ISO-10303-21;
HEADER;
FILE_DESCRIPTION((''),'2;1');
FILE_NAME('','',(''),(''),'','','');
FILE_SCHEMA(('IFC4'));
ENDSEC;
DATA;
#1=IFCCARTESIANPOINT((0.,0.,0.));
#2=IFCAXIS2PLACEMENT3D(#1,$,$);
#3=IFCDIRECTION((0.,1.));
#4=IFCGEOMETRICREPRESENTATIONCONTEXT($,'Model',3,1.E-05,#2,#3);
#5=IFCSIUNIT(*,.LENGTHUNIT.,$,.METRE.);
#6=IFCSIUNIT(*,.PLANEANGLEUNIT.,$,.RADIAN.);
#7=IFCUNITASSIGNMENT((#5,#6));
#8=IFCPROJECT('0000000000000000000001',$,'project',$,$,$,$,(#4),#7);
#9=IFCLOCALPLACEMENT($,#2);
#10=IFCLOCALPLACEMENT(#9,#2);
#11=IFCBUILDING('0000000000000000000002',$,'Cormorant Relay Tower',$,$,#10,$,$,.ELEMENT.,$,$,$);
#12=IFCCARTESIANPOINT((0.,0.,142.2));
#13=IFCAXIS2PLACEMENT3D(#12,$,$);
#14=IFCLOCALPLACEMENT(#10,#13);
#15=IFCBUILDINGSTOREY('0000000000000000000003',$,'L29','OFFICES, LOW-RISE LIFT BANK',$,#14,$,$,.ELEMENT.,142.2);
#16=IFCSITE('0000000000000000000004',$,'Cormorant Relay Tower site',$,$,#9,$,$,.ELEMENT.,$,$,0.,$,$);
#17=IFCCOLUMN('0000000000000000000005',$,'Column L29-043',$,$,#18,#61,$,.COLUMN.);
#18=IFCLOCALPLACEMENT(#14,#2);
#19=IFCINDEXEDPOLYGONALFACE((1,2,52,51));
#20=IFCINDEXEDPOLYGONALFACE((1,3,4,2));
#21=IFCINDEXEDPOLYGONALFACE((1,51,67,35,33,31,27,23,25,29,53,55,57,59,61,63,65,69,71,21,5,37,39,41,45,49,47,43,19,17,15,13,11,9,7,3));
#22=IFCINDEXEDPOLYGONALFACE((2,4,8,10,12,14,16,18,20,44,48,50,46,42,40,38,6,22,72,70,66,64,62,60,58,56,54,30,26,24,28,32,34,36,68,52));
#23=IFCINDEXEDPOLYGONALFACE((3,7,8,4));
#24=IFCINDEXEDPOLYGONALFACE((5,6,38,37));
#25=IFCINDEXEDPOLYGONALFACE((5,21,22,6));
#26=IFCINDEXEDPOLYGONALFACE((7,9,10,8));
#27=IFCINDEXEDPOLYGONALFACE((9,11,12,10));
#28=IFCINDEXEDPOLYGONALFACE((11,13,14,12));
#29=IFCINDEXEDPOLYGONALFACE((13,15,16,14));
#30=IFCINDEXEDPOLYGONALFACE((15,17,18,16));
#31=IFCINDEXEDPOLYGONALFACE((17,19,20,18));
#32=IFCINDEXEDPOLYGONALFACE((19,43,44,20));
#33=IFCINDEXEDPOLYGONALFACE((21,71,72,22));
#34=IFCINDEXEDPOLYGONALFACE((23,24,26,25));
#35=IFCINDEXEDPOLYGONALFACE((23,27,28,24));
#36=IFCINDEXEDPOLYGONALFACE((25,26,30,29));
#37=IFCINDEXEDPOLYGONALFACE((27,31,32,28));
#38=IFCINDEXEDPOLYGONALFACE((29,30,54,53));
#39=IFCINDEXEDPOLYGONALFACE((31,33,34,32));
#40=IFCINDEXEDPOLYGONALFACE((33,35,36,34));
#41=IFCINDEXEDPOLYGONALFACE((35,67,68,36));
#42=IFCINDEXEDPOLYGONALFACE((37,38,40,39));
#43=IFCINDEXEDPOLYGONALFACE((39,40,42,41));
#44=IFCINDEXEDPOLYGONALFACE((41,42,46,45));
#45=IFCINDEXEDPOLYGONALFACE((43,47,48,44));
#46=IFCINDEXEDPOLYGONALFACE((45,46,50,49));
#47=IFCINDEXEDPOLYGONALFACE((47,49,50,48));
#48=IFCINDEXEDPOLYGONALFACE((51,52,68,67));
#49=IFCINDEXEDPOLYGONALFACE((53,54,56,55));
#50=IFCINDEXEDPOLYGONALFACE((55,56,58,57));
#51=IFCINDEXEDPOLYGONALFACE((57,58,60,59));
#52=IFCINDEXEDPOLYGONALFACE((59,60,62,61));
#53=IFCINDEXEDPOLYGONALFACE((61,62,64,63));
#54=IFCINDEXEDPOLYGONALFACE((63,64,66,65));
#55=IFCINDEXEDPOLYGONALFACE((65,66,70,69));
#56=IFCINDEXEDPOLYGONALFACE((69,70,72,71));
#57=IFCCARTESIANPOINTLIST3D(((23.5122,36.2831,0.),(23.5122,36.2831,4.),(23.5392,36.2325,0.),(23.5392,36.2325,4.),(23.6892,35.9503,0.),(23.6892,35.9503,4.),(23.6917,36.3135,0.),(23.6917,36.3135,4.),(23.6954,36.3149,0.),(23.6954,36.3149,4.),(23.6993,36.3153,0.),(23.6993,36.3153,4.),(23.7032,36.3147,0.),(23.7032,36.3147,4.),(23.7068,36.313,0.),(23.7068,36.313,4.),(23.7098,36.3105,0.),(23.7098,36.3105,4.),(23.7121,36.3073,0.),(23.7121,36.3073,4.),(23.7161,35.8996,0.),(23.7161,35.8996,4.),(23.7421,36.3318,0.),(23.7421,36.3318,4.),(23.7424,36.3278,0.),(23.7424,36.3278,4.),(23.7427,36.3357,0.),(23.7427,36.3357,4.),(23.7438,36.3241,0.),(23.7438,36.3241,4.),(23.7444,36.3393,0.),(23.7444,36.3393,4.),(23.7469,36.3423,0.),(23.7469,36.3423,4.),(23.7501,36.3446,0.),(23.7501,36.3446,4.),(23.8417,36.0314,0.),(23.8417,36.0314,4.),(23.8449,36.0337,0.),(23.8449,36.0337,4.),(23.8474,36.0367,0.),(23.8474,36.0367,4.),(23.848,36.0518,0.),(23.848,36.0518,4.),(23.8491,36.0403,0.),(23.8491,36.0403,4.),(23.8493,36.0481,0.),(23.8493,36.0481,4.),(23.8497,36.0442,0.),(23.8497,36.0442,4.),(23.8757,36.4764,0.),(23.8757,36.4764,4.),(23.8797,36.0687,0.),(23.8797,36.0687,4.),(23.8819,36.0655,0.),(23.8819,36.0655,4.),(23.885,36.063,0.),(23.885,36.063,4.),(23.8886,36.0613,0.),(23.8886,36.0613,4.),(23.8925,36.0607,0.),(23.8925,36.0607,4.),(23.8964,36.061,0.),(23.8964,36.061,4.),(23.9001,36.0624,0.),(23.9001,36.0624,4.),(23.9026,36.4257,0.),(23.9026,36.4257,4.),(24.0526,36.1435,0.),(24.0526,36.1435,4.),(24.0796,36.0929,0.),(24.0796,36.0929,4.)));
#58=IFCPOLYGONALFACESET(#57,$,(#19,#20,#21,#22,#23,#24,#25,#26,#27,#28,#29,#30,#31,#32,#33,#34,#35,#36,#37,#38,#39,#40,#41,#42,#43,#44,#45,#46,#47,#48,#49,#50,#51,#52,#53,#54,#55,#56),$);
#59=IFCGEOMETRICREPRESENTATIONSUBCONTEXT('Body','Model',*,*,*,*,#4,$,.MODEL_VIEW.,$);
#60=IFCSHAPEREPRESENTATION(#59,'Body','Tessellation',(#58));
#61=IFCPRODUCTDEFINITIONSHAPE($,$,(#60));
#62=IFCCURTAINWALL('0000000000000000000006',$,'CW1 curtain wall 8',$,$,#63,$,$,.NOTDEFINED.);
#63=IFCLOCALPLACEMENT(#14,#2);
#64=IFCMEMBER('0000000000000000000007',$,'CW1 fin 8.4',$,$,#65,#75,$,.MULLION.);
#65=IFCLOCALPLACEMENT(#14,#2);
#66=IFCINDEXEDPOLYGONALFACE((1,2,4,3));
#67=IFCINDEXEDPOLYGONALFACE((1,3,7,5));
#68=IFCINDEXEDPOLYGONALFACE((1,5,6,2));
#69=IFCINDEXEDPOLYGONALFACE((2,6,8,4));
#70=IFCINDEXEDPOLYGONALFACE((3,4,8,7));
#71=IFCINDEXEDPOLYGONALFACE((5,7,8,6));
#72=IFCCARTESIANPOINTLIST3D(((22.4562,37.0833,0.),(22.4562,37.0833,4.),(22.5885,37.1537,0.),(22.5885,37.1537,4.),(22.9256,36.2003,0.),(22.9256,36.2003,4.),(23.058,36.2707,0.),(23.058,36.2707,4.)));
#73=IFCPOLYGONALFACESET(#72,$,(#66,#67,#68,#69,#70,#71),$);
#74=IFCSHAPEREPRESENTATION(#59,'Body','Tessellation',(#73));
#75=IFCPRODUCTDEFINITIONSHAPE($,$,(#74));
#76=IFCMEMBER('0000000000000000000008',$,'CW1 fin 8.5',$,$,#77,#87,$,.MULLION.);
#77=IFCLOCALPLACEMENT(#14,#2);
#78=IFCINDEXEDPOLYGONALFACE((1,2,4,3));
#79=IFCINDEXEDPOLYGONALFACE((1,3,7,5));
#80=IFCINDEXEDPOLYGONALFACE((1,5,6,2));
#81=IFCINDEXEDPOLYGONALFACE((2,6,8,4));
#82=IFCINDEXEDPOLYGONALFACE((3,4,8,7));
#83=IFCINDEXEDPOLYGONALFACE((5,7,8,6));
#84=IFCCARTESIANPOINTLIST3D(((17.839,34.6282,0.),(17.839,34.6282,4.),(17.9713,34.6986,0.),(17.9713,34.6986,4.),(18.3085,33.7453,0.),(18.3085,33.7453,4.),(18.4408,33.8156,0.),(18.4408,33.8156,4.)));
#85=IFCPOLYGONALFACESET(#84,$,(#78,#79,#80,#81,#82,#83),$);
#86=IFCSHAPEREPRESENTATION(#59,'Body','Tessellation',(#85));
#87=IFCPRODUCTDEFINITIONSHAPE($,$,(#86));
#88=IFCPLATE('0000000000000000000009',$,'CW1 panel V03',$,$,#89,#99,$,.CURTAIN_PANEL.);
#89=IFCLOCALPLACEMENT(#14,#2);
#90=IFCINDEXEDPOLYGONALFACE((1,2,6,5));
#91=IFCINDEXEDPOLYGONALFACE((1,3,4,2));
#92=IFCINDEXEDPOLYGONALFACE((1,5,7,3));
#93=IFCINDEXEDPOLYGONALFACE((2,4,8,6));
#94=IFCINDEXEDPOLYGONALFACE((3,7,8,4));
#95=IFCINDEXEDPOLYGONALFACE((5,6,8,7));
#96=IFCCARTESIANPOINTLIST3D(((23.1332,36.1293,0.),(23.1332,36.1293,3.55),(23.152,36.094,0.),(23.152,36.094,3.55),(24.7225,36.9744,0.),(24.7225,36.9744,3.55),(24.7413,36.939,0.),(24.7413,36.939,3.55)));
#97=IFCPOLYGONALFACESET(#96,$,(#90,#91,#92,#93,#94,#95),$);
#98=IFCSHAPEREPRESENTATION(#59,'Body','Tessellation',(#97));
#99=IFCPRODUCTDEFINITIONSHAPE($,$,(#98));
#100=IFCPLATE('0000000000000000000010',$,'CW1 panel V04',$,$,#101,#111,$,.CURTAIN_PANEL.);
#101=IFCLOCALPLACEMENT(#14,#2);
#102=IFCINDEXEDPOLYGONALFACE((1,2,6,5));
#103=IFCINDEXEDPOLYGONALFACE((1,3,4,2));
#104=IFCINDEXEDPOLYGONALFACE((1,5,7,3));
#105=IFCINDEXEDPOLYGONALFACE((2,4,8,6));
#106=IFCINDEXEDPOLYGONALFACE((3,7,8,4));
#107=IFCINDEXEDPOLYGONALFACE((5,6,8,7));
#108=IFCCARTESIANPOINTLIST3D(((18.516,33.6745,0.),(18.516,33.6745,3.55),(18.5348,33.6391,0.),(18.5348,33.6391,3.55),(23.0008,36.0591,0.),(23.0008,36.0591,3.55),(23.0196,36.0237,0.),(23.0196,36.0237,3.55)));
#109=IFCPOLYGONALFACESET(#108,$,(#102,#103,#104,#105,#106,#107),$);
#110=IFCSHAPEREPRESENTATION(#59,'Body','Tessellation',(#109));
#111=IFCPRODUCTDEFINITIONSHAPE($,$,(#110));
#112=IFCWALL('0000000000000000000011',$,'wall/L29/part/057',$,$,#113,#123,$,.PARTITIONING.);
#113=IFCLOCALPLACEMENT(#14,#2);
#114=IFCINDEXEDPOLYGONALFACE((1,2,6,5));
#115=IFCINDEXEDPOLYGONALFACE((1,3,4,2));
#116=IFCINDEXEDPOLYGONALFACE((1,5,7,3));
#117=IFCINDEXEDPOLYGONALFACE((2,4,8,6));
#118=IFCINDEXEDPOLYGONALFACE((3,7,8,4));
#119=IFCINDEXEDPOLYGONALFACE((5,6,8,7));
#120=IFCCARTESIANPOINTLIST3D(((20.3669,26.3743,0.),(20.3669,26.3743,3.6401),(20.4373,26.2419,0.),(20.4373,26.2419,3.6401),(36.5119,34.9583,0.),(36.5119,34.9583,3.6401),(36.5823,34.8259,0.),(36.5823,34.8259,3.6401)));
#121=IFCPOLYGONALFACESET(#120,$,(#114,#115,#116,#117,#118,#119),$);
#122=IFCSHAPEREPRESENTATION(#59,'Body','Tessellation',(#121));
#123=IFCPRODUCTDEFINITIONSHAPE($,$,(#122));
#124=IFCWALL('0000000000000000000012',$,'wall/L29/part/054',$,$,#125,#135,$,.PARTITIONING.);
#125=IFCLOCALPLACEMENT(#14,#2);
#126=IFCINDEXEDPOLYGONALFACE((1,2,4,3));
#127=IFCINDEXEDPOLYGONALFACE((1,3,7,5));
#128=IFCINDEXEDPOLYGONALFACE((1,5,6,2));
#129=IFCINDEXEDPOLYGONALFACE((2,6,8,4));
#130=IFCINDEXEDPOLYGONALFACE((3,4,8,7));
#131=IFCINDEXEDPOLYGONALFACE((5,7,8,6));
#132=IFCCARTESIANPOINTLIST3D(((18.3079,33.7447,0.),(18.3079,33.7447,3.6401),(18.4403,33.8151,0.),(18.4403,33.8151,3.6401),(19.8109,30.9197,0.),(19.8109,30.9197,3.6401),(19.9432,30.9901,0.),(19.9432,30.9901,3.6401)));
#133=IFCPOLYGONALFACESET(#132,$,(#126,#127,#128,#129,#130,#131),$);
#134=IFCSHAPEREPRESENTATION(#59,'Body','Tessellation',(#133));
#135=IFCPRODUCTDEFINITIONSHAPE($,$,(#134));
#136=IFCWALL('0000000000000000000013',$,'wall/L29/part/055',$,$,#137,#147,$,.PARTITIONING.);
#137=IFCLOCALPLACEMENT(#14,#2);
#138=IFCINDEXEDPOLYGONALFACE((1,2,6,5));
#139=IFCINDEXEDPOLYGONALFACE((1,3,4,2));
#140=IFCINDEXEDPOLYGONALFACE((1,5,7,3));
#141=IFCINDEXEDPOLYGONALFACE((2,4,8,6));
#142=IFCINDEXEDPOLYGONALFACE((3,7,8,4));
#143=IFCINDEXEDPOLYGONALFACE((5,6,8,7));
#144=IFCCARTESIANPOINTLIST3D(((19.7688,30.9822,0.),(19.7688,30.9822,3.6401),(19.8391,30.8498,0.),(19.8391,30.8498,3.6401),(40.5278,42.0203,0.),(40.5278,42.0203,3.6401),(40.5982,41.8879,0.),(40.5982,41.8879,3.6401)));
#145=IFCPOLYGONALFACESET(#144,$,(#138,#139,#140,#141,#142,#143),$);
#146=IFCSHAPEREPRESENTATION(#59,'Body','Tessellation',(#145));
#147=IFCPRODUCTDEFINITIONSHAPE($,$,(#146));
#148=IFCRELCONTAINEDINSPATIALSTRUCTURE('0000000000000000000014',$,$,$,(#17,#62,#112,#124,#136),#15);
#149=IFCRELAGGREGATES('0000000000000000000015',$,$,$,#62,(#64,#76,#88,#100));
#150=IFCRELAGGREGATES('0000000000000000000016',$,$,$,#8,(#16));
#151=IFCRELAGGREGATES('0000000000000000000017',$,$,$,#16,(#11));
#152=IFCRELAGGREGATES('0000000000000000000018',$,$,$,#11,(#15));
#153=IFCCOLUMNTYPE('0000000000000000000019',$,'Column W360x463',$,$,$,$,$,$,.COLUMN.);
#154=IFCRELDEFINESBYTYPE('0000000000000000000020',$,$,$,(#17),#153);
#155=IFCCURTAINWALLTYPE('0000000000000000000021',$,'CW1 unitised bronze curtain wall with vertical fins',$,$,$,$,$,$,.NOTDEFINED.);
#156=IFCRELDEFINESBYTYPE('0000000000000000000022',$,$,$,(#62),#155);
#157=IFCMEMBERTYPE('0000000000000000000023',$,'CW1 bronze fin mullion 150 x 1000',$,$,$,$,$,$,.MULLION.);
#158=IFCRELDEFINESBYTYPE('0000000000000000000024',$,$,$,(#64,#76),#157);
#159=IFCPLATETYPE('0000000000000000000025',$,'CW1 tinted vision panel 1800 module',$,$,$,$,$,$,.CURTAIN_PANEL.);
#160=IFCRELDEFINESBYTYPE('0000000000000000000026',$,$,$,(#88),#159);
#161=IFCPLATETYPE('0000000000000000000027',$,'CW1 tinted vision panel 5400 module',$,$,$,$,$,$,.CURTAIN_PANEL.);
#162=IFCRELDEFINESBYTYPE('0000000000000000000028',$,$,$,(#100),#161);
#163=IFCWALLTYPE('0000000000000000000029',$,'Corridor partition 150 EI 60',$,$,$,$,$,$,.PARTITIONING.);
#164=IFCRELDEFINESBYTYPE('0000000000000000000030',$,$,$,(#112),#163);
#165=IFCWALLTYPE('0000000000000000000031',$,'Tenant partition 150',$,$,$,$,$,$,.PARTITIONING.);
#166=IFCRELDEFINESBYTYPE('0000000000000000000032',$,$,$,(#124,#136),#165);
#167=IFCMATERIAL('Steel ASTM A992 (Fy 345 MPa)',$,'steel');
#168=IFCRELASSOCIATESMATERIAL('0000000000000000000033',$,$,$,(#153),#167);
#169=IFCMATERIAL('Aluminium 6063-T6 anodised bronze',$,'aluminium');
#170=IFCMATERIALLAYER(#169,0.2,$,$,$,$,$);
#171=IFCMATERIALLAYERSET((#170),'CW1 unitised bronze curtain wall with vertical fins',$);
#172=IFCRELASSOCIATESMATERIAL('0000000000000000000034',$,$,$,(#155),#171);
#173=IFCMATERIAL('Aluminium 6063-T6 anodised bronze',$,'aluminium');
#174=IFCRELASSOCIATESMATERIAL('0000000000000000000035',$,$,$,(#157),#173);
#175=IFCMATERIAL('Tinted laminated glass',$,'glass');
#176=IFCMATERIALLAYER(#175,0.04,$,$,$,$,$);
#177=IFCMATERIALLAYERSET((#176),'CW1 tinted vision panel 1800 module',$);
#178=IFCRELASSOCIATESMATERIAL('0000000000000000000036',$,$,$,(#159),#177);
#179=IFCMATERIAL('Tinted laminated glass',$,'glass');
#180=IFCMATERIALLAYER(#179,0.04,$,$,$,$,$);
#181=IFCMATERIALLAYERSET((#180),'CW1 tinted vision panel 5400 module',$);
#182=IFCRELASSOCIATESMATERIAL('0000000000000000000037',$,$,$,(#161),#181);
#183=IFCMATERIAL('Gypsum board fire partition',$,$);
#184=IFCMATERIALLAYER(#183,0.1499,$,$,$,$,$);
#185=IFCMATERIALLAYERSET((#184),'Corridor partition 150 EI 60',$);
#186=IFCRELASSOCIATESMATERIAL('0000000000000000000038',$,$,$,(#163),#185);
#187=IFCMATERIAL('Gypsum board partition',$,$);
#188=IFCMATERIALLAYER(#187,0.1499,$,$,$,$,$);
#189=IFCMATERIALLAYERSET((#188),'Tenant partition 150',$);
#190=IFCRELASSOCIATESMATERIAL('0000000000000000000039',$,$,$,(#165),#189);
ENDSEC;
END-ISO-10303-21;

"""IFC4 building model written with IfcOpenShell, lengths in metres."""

from ifc_helpers import new_model, si_unit, direction, frame, frame_2d, origin, origin_2d, place, context, subcontext, project, spatial, rectangle, i_section, extrude, material, layer, layer_set, material_profile, profile_set, type_object, element, aggregate, save


model = new_model("IFC4")

# Units and contexts
model_context = context("Model", 3, precision=1e-05, world=origin(), true_north=direction((0.0, 1.0)))
body_context = subcontext(model_context, "Body", "Model", "MODEL_VIEW")
ifc_project = project(units=[si_unit("LENGTHUNIT", "METRE"), si_unit("PLANEANGLEUNIT", "RADIAN")], contexts=[model_context])

# Site, building, storey
site_placement = place(None, origin())
site = spatial("IfcSite", under=ifc_project, at=site_placement, Name="Cormorant Relay Tower site", CompositionType="ELEMENT", RefElevation=0.0)
building_placement = place(site_placement, origin())
building = spatial("IfcBuilding", under=site, at=building_placement, Name="Cormorant Relay Tower", CompositionType="ELEMENT")
storey_placement = place(building_placement, frame((0.0, 0.0, 142.2)))
storey = spatial("IfcBuildingStorey", under=building, at=storey_placement, Name="L29", Description="OFFICES, LOW-RISE LIFT BANK", CompositionType="ELEMENT", Elevation=142.2)

# Column
ifc_material_1 = material(Name="Steel ASTM A992 (Fy 345 MPa)", Category="steel")
ifc_material_profile_1 = material_profile(ifc_material_1, i_section(OverallWidth=0.4116, OverallDepth=0.4343, WebThickness=0.0359, FlangeThickness=0.0574, FilletRadius=0.0151, at=origin_2d()), Name="W360x463")
ifc_profile_set_1 = profile_set([ifc_material_profile_1], Name="Steel ASTM A992 (Fy 345 MPa)")
column_type = type_object("IfcColumnType", Name="Column W360x463", PredefinedType="COLUMN", material=ifc_profile_set_1)
column_placement = place(storey_placement, frame((23.7959, 36.188, 0.0), z_axis=(0.0, 0.0, 1.0), x_axis=(-0.882948, -0.469472, 0.0)))
element("IfcColumn", 1, at=column_placement, inside=storey, type_object=column_type, Name="Column L29-043", PredefinedType="COLUMN", context=body_context, shape_type="SweptSolid", body=[
    extrude(i_section(OverallWidth=0.4116, OverallDepth=0.4343, WebThickness=0.0359, FlangeThickness=0.0574, FilletRadius=0.0151, at=origin_2d()), origin(), (0.0, 0.0, 1.0), 4.0),
])

# Curtain wall, members, plates
ifc_material_2 = material(Name="Aluminium 6063-T6 anodised bronze", Category="aluminium")
ifc_layer_1 = layer(ifc_material_2, 0.2)
ifc_layer_set_1 = layer_set([ifc_layer_1], Name="CW1 unitised bronze curtain wall with vertical fins")
curtain_wall_type = type_object("IfcCurtainWallType", Name="CW1 unitised bronze curtain wall with vertical fins", PredefinedType="NOTDEFINED", material=ifc_layer_set_1)
curtain_wall_placement = place(storey_placement, origin())
curtain_wall = element("IfcCurtainWall", 2, at=curtain_wall_placement, inside=storey, type_object=curtain_wall_type, Name="CW1 curtain wall 8", PredefinedType="NOTDEFINED")
ifc_material_3 = material(Name="Aluminium 6063-T6 anodised bronze", Category="aluminium")
ifc_material_profile_2 = material_profile(ifc_material_3, rectangle(XDim=0.1499, YDim=1.0, at=origin_2d()), Name="AL 150x1000")
ifc_profile_set_2 = profile_set([ifc_material_profile_2], Name="Aluminium 6063-T6 anodised bronze")
member_type = type_object("IfcMemberType", Name="CW1 bronze fin mullion 150 x 1000", PredefinedType="MULLION", material=ifc_profile_set_2)
member_1_placement = place(storey_placement, frame((22.7571, 36.677, 0.0), z_axis=(0.0, 0.0, 1.0), x_axis=(-0.882948, -0.469472, 0.0)))
member_1 = element("IfcMember", 3, at=member_1_placement, type_object=member_type, Name="CW1 fin 8.4", PredefinedType="MULLION", context=body_context, shape_type="SweptSolid", body=[
    extrude(rectangle(XDim=0.1499, YDim=1.0, at=origin_2d()), origin(), (0.0, 0.0, 1.0), 4.0),
])
member_2_placement = place(storey_placement, frame((18.1399, 34.2219, 0.0), z_axis=(0.0, 0.0, 1.0), x_axis=(-0.882948, -0.469472, 0.0)))
member_2 = element("IfcMember", 4, at=member_2_placement, type_object=member_type, Name="CW1 fin 8.5", PredefinedType="MULLION", context=body_context, shape_type="SweptSolid", body=[
    extrude(rectangle(XDim=0.1499, YDim=1.0, at=origin_2d()), origin(), (0.0, 0.0, 1.0), 4.0),
])
ifc_material_4 = material(Name="Tinted laminated glass", Category="glass")
ifc_layer_2 = layer(ifc_material_4, 0.04)
ifc_layer_set_2 = layer_set([ifc_layer_2], Name="CW1 tinted vision panel 1800 module")
plate_type_1 = type_object("IfcPlateType", Name="CW1 tinted vision panel 1800 module", PredefinedType="CURTAIN_PANEL", material=ifc_layer_set_2)
plate_1_placement = place(storey_placement, frame((23.9373, 36.5342, 0.0), z_axis=(0.0, 0.0, 1.0), x_axis=(-0.882948, -0.469472, 0.0)))
plate_1 = element("IfcPlate", 5, at=plate_1_placement, type_object=plate_type_1, Name="CW1 panel V03", PredefinedType="CURTAIN_PANEL", context=body_context, shape_type="SweptSolid", body=[
    extrude(rectangle(XDim=1.8, YDim=0.04, at=origin_2d()), origin(), (0.0, 0.0, 1.0), 3.55),
])
ifc_material_5 = material(Name="Tinted laminated glass", Category="glass")
ifc_layer_3 = layer(ifc_material_5, 0.04)
ifc_layer_set_3 = layer_set([ifc_layer_3], Name="CW1 tinted vision panel 5400 module")
plate_type_2 = type_object("IfcPlateType", Name="CW1 tinted vision panel 5400 module", PredefinedType="CURTAIN_PANEL", material=ifc_layer_set_3)
plate_2_placement = place(storey_placement, frame((20.7678, 34.8491, 0.0), z_axis=(0.0, 0.0, 1.0), x_axis=(-0.882948, -0.469472, 0.0)))
plate_2 = element("IfcPlate", 6, at=plate_2_placement, type_object=plate_type_2, Name="CW1 panel V04", PredefinedType="CURTAIN_PANEL", context=body_context, shape_type="SweptSolid", body=[
    extrude(rectangle(XDim=5.0793, YDim=0.04, at=origin_2d()), origin(), (0.0, 0.0, 1.0), 3.55),
])
aggregate(curtain_wall, [member_1, member_2, plate_1, plate_2])

# Walls
ifc_material_6 = material(Name="Gypsum board fire partition")
ifc_layer_4 = layer(ifc_material_6, 0.1499)
ifc_layer_set_4 = layer_set([ifc_layer_4], Name="Corridor partition 150 EI 60")
wall_type_1 = type_object("IfcWallType", Name="Corridor partition 150 EI 60", PredefinedType="PARTITIONING", material=ifc_layer_set_4)
wall_1_placement = place(storey_placement, frame((20.4021, 26.3081, 0.0), z_axis=(0.0, 0.0, 1.0), x_axis=(0.882958, 0.469451, 0.0)))
element("IfcWall", 7, at=wall_1_placement, inside=storey, type_object=wall_type_1, Name="wall/L29/part/057", PredefinedType="PARTITIONING", context=body_context, shape_type="SweptSolid", body=[
    extrude(rectangle(XDim=18.2852, YDim=0.1499, at=frame_2d((9.1426, 0.0))), origin(), (0.0, 0.0, 1.0), 3.6401),
])
ifc_material_7 = material(Name="Gypsum board partition")
ifc_layer_5 = layer(ifc_material_7, 0.1499)
ifc_layer_set_5 = layer_set([ifc_layer_5], Name="Tenant partition 150")
wall_type_2 = type_object("IfcWallType", Name="Tenant partition 150", PredefinedType="PARTITIONING", material=ifc_layer_set_5)
wall_2_placement = place(storey_placement, frame((18.374, 33.78, 0.0), z_axis=(0.0, 0.0, 1.0), x_axis=(0.469685, -0.882834, 0.0)))
element("IfcWall", 8, at=wall_2_placement, inside=storey, type_object=wall_type_2, Name="wall/L29/part/054", PredefinedType="PARTITIONING", context=body_context, shape_type="SweptSolid", body=[
    extrude(rectangle(XDim=3.2, YDim=0.1499, at=frame_2d((1.6001, 0.0))), origin(), (0.0, 0.0, 1.0), 3.6401),
])
wall_3_placement = place(storey_placement, frame((19.804, 30.916, 0.0), z_axis=(0.0, 0.0, 1.0), x_axis=(0.882942, 0.469482, 0.0)))
element("IfcWall", 9, at=wall_3_placement, inside=storey, type_object=wall_type_2, Name="wall/L29/part/055", PredefinedType="PARTITIONING", context=body_context, shape_type="SweptSolid", body=[
    extrude(rectangle(XDim=23.5112, YDim=0.1499, at=frame_2d((11.7556, 0.0))), origin(), (0.0, 0.0, 1.0), 3.6401),
])

save(model, "model.ifc")
